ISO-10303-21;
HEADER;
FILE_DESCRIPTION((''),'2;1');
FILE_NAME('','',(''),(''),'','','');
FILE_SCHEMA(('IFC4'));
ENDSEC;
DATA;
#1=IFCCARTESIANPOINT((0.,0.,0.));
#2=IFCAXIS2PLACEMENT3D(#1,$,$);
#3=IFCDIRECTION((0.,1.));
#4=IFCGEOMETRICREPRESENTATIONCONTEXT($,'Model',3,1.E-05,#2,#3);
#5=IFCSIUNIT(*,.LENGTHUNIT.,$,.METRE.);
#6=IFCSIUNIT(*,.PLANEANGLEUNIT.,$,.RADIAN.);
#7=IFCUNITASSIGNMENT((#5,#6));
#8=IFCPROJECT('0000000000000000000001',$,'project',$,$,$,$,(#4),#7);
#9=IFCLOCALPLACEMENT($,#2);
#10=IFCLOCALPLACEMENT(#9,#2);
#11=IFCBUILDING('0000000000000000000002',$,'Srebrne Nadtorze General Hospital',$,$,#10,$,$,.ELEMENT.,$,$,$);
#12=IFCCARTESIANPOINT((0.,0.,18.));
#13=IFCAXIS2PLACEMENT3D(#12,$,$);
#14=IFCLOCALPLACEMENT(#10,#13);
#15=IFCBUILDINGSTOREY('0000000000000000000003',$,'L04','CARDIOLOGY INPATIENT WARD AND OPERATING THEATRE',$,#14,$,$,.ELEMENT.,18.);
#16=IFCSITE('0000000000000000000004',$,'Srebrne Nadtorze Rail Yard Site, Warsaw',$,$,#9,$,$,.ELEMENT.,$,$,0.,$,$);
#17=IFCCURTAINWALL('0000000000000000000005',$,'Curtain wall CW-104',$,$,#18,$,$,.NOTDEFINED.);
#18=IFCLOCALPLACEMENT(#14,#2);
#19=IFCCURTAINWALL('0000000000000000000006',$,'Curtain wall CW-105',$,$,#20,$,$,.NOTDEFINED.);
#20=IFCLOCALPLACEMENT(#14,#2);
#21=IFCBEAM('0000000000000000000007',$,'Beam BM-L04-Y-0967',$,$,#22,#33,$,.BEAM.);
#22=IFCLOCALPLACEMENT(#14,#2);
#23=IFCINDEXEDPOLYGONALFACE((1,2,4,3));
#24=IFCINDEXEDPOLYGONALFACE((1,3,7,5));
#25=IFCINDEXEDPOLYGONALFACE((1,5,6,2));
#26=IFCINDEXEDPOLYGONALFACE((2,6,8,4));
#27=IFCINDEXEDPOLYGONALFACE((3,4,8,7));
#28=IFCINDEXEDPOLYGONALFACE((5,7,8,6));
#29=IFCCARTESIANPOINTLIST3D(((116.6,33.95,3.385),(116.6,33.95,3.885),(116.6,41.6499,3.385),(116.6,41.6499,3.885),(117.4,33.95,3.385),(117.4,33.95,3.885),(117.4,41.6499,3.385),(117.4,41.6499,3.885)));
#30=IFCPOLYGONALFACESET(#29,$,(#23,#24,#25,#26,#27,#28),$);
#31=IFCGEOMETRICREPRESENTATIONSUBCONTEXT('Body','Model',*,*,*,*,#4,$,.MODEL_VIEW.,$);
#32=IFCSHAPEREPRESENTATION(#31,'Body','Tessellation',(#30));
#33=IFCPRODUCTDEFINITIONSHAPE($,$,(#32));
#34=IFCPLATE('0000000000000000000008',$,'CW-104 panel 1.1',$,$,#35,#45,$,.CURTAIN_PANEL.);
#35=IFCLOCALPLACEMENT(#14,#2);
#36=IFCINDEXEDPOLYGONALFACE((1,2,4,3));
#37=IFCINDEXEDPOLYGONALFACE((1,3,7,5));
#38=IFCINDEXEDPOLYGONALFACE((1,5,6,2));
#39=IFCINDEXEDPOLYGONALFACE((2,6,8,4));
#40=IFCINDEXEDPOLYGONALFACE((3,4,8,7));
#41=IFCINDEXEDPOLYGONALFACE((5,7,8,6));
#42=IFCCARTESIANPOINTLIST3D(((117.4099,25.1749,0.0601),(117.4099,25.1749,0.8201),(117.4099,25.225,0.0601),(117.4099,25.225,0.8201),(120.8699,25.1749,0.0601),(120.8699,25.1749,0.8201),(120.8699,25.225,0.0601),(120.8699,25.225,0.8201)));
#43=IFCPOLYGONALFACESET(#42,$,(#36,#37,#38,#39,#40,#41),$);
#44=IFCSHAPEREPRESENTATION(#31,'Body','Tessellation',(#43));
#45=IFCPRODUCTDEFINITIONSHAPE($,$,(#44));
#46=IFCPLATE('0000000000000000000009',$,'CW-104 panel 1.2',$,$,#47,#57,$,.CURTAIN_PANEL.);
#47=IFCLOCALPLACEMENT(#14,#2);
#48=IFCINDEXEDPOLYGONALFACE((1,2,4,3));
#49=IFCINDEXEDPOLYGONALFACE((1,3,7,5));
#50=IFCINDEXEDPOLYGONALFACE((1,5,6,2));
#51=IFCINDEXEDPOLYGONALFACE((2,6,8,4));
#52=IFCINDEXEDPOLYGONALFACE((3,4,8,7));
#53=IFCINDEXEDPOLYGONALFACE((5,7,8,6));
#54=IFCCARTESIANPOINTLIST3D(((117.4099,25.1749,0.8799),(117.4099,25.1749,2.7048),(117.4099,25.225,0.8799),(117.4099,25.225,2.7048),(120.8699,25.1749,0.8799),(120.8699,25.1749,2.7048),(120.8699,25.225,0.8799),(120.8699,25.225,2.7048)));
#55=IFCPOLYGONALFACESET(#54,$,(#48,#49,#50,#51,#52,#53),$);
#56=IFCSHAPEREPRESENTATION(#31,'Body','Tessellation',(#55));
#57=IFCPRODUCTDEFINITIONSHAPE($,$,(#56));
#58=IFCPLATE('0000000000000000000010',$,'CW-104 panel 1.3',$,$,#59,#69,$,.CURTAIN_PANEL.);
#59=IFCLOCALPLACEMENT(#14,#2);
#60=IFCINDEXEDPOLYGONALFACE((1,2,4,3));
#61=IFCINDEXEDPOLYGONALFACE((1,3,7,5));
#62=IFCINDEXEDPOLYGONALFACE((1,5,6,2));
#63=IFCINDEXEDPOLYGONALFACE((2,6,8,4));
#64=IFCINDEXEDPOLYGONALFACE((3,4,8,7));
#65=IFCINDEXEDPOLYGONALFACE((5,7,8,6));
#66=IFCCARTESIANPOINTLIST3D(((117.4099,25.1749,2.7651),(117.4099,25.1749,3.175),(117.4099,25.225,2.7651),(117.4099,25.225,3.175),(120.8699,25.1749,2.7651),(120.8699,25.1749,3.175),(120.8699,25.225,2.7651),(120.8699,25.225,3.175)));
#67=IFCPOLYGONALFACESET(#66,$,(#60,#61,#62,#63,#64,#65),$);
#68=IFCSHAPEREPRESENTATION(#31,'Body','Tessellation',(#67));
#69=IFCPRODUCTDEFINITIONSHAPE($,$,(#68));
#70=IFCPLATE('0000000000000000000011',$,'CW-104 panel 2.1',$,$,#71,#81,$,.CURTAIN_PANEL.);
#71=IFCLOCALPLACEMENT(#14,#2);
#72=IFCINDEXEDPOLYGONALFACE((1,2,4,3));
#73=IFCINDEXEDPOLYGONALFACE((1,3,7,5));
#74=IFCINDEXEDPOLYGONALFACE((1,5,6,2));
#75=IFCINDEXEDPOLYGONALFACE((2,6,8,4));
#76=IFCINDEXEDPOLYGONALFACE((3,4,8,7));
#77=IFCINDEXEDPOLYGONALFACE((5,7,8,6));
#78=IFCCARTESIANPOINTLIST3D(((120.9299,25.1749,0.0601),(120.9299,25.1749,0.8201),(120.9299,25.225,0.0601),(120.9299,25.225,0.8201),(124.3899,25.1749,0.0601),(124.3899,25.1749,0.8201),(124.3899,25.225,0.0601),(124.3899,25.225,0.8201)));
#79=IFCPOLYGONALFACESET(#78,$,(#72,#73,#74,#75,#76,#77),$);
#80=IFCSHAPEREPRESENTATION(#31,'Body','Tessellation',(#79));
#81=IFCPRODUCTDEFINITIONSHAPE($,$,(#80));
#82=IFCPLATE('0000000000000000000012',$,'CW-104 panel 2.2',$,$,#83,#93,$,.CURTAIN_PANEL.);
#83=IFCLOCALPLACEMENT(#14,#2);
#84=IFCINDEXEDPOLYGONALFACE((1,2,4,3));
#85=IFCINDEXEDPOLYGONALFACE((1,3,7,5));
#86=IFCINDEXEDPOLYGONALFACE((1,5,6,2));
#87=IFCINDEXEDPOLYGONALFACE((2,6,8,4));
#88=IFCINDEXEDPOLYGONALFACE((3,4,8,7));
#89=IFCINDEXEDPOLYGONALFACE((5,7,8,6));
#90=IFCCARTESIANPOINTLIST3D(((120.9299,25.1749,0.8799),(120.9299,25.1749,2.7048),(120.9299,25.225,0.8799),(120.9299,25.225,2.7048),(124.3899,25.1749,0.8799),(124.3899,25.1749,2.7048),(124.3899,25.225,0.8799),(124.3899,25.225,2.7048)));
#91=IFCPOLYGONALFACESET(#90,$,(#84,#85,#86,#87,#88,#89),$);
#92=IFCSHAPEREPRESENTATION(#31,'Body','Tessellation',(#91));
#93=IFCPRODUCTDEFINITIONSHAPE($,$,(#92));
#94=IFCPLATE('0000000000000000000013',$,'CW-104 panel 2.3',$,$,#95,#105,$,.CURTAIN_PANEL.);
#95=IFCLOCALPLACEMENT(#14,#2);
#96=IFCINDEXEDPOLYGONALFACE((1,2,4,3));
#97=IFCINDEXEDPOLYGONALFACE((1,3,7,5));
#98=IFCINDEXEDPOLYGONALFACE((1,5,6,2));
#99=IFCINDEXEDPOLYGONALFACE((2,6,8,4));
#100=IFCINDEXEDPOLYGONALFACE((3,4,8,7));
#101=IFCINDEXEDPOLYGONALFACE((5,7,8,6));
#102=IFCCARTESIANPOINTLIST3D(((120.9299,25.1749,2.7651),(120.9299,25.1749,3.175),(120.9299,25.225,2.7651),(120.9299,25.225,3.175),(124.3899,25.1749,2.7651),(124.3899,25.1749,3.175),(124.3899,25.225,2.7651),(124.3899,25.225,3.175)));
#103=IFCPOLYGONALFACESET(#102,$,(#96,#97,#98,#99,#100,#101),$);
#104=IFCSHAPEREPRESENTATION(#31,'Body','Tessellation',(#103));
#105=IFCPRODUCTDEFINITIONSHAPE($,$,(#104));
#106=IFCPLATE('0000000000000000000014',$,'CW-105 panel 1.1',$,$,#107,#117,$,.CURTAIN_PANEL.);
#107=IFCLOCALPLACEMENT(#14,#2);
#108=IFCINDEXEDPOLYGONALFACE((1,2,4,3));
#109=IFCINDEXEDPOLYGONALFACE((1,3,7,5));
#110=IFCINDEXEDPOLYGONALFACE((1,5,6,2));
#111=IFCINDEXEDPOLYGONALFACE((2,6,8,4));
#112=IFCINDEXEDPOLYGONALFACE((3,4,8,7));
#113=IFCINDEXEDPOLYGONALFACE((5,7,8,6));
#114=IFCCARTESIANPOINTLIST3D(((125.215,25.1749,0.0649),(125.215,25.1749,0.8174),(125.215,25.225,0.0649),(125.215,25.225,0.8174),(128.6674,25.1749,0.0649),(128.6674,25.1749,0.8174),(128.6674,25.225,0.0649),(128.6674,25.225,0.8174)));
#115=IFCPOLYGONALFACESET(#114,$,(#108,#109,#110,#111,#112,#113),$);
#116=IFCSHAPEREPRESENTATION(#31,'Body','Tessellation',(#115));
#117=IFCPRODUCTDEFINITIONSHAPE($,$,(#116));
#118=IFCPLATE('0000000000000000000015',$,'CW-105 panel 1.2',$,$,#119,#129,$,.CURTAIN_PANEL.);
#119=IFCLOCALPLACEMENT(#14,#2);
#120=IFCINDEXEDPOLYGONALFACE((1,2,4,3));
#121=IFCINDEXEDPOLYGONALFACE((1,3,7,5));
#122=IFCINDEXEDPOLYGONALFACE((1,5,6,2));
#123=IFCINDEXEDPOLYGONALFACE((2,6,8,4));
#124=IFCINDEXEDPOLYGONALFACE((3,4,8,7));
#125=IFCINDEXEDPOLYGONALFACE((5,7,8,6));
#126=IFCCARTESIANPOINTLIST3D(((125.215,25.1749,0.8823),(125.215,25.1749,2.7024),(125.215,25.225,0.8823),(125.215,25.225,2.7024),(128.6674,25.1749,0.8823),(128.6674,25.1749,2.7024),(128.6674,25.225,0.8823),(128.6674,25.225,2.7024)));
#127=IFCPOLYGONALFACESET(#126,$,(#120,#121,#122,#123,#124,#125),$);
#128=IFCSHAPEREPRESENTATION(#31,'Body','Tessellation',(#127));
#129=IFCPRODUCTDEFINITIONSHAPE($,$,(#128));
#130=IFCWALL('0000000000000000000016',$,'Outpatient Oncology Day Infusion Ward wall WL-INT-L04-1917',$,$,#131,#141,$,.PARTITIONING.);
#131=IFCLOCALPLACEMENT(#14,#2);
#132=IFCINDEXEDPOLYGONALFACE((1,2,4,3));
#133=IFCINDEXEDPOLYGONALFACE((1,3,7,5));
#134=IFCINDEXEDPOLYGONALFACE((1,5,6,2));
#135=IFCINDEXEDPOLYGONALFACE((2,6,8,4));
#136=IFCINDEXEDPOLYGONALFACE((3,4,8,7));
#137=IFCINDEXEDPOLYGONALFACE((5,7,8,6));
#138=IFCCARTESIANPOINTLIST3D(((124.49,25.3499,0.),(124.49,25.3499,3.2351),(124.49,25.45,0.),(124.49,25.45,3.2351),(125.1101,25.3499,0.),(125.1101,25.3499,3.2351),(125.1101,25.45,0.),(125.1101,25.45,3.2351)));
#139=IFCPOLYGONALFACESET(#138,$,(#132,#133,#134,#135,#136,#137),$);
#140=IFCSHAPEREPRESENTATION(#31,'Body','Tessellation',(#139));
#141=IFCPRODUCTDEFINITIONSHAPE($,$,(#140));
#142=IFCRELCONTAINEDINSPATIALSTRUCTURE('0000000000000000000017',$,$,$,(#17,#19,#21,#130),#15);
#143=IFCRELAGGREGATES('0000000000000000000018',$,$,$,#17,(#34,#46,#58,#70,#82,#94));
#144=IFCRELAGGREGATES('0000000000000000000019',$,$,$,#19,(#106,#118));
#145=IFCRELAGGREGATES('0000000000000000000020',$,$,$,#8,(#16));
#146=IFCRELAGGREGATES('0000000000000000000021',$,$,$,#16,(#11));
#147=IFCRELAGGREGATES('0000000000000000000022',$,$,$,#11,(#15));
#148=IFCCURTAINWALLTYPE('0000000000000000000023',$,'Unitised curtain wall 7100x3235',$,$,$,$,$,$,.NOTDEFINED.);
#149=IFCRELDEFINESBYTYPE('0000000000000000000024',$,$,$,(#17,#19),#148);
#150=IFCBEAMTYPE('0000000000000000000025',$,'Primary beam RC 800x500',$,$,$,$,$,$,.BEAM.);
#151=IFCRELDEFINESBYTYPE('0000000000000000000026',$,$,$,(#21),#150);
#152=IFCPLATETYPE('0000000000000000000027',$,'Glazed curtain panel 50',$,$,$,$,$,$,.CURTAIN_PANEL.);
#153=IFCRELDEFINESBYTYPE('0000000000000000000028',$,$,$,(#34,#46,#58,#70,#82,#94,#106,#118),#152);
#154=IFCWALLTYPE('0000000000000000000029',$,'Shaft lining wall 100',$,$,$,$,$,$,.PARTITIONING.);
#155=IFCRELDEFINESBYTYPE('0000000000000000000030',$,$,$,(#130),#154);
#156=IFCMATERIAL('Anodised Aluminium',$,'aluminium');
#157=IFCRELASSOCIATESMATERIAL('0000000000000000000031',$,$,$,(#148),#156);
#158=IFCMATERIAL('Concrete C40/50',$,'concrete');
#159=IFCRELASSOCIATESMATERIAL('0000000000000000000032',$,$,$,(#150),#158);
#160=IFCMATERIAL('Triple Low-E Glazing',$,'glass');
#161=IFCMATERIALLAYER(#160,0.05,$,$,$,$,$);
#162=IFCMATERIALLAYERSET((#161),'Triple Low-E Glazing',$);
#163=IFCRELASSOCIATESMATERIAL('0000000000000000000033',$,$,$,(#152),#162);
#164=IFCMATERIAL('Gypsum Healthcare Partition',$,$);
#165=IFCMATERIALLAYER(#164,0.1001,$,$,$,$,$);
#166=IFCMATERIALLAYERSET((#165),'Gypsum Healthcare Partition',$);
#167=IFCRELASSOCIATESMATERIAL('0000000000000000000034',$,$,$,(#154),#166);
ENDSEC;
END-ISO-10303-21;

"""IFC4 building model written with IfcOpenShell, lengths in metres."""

from ifc_helpers import new_model, si_unit, direction, frame, frame_2d, origin, origin_2d, place, context, subcontext, project, spatial, rectangle, extrude, material, layer, layer_set, material_profile, profile_set, type_object, element, aggregate, save


model = new_model("IFC4")

# Units and contexts
model_context = context("Model", 3, precision=1e-05, world=origin(), true_north=direction((0.0, 1.0)))
body_context = subcontext(model_context, "Body", "Model", "MODEL_VIEW")
ifc_project = project(units=[si_unit("LENGTHUNIT", "METRE"), si_unit("PLANEANGLEUNIT", "RADIAN")], contexts=[model_context])

# Site, building, storey
site_placement = place(None, origin())
site = spatial("IfcSite", under=ifc_project, at=site_placement, Name="Srebrne Nadtorze Rail Yard Site, Warsaw", CompositionType="ELEMENT", RefElevation=0.0)
building_placement = place(site_placement, origin())
building = spatial("IfcBuilding", under=site, at=building_placement, Name="Srebrne Nadtorze General Hospital", CompositionType="ELEMENT")
storey_placement = place(building_placement, frame((0.0, 0.0, 18.0)))
storey = spatial("IfcBuildingStorey", under=building, at=storey_placement, Name="L04", Description="CARDIOLOGY INPATIENT WARD AND OPERATING THEATRE", CompositionType="ELEMENT", Elevation=18.0)

# Curtain wall
ifc_material_1 = material(Name="Anodised Aluminium", Category="aluminium")
curtain_wall_type = type_object("IfcCurtainWallType", Name="Unitised curtain wall 7100x3235", PredefinedType="NOTDEFINED", material=ifc_material_1)
curtain_wall_1_placement = place(storey_placement, origin())
curtain_wall_1 = element("IfcCurtainWall", 1, at=curtain_wall_1_placement, inside=storey, type_object=curtain_wall_type, Name="Curtain wall CW-104", PredefinedType="NOTDEFINED")

# Curtain wall
curtain_wall_2_placement = place(storey_placement, origin())
curtain_wall_2 = element("IfcCurtainWall", 2, at=curtain_wall_2_placement, inside=storey, type_object=curtain_wall_type, Name="Curtain wall CW-105", PredefinedType="NOTDEFINED")

# Beam
ifc_material_2 = material(Name="Concrete C40/50", Category="concrete")
ifc_material_profile_1 = material_profile(ifc_material_2, rectangle(XDim=0.8, YDim=0.5, at=origin_2d()), Name="RC-BM-800x500")
ifc_profile_set_1 = profile_set([ifc_material_profile_1], Name="Concrete C40/50")
beam_type_1 = type_object("IfcBeamType", Name="Primary beam RC 800x500", PredefinedType="BEAM", material=ifc_profile_set_1)
for number, where, z_axis, x_axis, name in (
    (3, (117.0, 33.95, 3.635), (0.0, 1.0, 0.0), (-1.0, 0.0, 0.0), "Beam BM-L04-Y-0967"),
):
    element("IfcBeam", number, at=place(storey_placement, frame(where, z_axis=z_axis, x_axis=x_axis)), inside=storey, type_object=beam_type_1, Name=name, PredefinedType="BEAM", context=body_context, shape_type="SweptSolid", body=[
        extrude(rectangle(XDim=0.8, YDim=0.5, at=origin_2d()), origin(), (0.0, 0.0, 1.0), 7.7),
    ])

# Plates
ifc_material_3 = material(Name="Triple Low-E Glazing", Category="glass")
ifc_layer_1 = layer(ifc_material_3, 0.05)
ifc_layer_set_1 = layer_set([ifc_layer_1], Name="Triple Low-E Glazing")
plate_type = type_object("IfcPlateType", Name="Glazed curtain panel 50", PredefinedType="CURTAIN_PANEL", material=ifc_layer_set_1)
plate_1_placement = place(storey_placement, frame((119.1399, 25.2, 0.0601), z_axis=(0.0, 0.0, 1.0), x_axis=(1.0, 0.0, 0.0)))
plate_1 = element("IfcPlate", 4, at=plate_1_placement, type_object=plate_type, Name="CW-104 panel 1.1", PredefinedType="CURTAIN_PANEL", context=body_context, shape_type="SweptSolid", body=[
    extrude(rectangle(XDim=3.46, YDim=0.05, at=origin_2d()), origin(), (0.0, 0.0, 1.0), 0.76),
])
plate_2_placement = place(storey_placement, frame((119.1399, 25.2, 0.8799), z_axis=(0.0, 0.0, 1.0), x_axis=(1.0, 0.0, 0.0)))
plate_2 = element("IfcPlate", 5, at=plate_2_placement, type_object=plate_type, Name="CW-104 panel 1.2", PredefinedType="CURTAIN_PANEL", context=body_context, shape_type="SweptSolid", body=[
    extrude(rectangle(XDim=3.46, YDim=0.05, at=origin_2d()), origin(), (0.0, 0.0, 1.0), 1.825),
])
plate_3_placement = place(storey_placement, frame((119.1399, 25.2, 2.7651), z_axis=(0.0, 0.0, 1.0), x_axis=(1.0, 0.0, 0.0)))
plate_3 = element("IfcPlate", 6, at=plate_3_placement, type_object=plate_type, Name="CW-104 panel 1.3", PredefinedType="CURTAIN_PANEL", context=body_context, shape_type="SweptSolid", body=[
    extrude(rectangle(XDim=3.46, YDim=0.05, at=origin_2d()), origin(), (0.0, 0.0, 1.0), 0.4099),
])
plate_4_placement = place(storey_placement, frame((122.6599, 25.2, 0.0601), z_axis=(0.0, 0.0, 1.0), x_axis=(1.0, 0.0, 0.0)))
plate_4 = element("IfcPlate", 7, at=plate_4_placement, type_object=plate_type, Name="CW-104 panel 2.1", PredefinedType="CURTAIN_PANEL", context=body_context, shape_type="SweptSolid", body=[
    extrude(rectangle(XDim=3.46, YDim=0.05, at=origin_2d()), origin(), (0.0, 0.0, 1.0), 0.76),
])
plate_5_placement = place(storey_placement, frame((122.6599, 25.2, 0.8799), z_axis=(0.0, 0.0, 1.0), x_axis=(1.0, 0.0, 0.0)))
plate_5 = element("IfcPlate", 8, at=plate_5_placement, type_object=plate_type, Name="CW-104 panel 2.2", PredefinedType="CURTAIN_PANEL", context=body_context, shape_type="SweptSolid", body=[
    extrude(rectangle(XDim=3.46, YDim=0.05, at=origin_2d()), origin(), (0.0, 0.0, 1.0), 1.825),
])
plate_6_placement = place(storey_placement, frame((122.6599, 25.2, 2.7651), z_axis=(0.0, 0.0, 1.0), x_axis=(1.0, 0.0, 0.0)))
plate_6 = element("IfcPlate", 9, at=plate_6_placement, type_object=plate_type, Name="CW-104 panel 2.3", PredefinedType="CURTAIN_PANEL", context=body_context, shape_type="SweptSolid", body=[
    extrude(rectangle(XDim=3.46, YDim=0.05, at=origin_2d()), origin(), (0.0, 0.0, 1.0), 0.4099),
])
aggregate(curtain_wall_1, [plate_1, plate_2, plate_3, plate_4, plate_5, plate_6])
plate_7_placement = place(storey_placement, frame((126.9412, 25.2, 0.0649), z_axis=(0.0, 0.0, 1.0), x_axis=(1.0, 0.0, 0.0)))
plate_7 = element("IfcPlate", 10, at=plate_7_placement, type_object=plate_type, Name="CW-105 panel 1.1", PredefinedType="CURTAIN_PANEL", context=body_context, shape_type="SweptSolid", body=[
    extrude(rectangle(XDim=3.4524, YDim=0.05, at=origin_2d()), origin(), (0.0, 0.0, 1.0), 0.7524),
])
plate_8_placement = place(storey_placement, frame((126.9412, 25.2, 0.8823), z_axis=(0.0, 0.0, 1.0), x_axis=(1.0, 0.0, 0.0)))
plate_8 = element("IfcPlate", 11, at=plate_8_placement, type_object=plate_type, Name="CW-105 panel 1.2", PredefinedType="CURTAIN_PANEL", context=body_context, shape_type="SweptSolid", body=[
    extrude(rectangle(XDim=3.4524, YDim=0.05, at=origin_2d()), origin(), (0.0, 0.0, 1.0), 1.8201),
])
aggregate(curtain_wall_2, [plate_7, plate_8])

# Wall
ifc_material_4 = material(Name="Gypsum Healthcare Partition")
ifc_layer_2 = layer(ifc_material_4, 0.1001)
ifc_layer_set_2 = layer_set([ifc_layer_2], Name="Gypsum Healthcare Partition")
wall_type = type_object("IfcWallType", Name="Shaft lining wall 100", PredefinedType="PARTITIONING", material=ifc_layer_set_2)
wall_placement = place(storey_placement, frame((124.49, 25.3999, 0.0), z_axis=(0.0, 0.0, 1.0), x_axis=(1.0, 0.0, 0.0)))
element("IfcWall", 12, at=wall_placement, inside=storey, type_object=wall_type, Name="Outpatient Oncology Day Infusion Ward wall WL-INT-L04-1917", PredefinedType="PARTITIONING", context=body_context, shape_type="SweptSolid", body=[
    extrude(rectangle(XDim=0.6201, YDim=0.1001, at=frame_2d((0.3101, 0.0))), origin(), (0.0, 0.0, 1.0), 3.2351),
])

save(model, "model.ifc")
